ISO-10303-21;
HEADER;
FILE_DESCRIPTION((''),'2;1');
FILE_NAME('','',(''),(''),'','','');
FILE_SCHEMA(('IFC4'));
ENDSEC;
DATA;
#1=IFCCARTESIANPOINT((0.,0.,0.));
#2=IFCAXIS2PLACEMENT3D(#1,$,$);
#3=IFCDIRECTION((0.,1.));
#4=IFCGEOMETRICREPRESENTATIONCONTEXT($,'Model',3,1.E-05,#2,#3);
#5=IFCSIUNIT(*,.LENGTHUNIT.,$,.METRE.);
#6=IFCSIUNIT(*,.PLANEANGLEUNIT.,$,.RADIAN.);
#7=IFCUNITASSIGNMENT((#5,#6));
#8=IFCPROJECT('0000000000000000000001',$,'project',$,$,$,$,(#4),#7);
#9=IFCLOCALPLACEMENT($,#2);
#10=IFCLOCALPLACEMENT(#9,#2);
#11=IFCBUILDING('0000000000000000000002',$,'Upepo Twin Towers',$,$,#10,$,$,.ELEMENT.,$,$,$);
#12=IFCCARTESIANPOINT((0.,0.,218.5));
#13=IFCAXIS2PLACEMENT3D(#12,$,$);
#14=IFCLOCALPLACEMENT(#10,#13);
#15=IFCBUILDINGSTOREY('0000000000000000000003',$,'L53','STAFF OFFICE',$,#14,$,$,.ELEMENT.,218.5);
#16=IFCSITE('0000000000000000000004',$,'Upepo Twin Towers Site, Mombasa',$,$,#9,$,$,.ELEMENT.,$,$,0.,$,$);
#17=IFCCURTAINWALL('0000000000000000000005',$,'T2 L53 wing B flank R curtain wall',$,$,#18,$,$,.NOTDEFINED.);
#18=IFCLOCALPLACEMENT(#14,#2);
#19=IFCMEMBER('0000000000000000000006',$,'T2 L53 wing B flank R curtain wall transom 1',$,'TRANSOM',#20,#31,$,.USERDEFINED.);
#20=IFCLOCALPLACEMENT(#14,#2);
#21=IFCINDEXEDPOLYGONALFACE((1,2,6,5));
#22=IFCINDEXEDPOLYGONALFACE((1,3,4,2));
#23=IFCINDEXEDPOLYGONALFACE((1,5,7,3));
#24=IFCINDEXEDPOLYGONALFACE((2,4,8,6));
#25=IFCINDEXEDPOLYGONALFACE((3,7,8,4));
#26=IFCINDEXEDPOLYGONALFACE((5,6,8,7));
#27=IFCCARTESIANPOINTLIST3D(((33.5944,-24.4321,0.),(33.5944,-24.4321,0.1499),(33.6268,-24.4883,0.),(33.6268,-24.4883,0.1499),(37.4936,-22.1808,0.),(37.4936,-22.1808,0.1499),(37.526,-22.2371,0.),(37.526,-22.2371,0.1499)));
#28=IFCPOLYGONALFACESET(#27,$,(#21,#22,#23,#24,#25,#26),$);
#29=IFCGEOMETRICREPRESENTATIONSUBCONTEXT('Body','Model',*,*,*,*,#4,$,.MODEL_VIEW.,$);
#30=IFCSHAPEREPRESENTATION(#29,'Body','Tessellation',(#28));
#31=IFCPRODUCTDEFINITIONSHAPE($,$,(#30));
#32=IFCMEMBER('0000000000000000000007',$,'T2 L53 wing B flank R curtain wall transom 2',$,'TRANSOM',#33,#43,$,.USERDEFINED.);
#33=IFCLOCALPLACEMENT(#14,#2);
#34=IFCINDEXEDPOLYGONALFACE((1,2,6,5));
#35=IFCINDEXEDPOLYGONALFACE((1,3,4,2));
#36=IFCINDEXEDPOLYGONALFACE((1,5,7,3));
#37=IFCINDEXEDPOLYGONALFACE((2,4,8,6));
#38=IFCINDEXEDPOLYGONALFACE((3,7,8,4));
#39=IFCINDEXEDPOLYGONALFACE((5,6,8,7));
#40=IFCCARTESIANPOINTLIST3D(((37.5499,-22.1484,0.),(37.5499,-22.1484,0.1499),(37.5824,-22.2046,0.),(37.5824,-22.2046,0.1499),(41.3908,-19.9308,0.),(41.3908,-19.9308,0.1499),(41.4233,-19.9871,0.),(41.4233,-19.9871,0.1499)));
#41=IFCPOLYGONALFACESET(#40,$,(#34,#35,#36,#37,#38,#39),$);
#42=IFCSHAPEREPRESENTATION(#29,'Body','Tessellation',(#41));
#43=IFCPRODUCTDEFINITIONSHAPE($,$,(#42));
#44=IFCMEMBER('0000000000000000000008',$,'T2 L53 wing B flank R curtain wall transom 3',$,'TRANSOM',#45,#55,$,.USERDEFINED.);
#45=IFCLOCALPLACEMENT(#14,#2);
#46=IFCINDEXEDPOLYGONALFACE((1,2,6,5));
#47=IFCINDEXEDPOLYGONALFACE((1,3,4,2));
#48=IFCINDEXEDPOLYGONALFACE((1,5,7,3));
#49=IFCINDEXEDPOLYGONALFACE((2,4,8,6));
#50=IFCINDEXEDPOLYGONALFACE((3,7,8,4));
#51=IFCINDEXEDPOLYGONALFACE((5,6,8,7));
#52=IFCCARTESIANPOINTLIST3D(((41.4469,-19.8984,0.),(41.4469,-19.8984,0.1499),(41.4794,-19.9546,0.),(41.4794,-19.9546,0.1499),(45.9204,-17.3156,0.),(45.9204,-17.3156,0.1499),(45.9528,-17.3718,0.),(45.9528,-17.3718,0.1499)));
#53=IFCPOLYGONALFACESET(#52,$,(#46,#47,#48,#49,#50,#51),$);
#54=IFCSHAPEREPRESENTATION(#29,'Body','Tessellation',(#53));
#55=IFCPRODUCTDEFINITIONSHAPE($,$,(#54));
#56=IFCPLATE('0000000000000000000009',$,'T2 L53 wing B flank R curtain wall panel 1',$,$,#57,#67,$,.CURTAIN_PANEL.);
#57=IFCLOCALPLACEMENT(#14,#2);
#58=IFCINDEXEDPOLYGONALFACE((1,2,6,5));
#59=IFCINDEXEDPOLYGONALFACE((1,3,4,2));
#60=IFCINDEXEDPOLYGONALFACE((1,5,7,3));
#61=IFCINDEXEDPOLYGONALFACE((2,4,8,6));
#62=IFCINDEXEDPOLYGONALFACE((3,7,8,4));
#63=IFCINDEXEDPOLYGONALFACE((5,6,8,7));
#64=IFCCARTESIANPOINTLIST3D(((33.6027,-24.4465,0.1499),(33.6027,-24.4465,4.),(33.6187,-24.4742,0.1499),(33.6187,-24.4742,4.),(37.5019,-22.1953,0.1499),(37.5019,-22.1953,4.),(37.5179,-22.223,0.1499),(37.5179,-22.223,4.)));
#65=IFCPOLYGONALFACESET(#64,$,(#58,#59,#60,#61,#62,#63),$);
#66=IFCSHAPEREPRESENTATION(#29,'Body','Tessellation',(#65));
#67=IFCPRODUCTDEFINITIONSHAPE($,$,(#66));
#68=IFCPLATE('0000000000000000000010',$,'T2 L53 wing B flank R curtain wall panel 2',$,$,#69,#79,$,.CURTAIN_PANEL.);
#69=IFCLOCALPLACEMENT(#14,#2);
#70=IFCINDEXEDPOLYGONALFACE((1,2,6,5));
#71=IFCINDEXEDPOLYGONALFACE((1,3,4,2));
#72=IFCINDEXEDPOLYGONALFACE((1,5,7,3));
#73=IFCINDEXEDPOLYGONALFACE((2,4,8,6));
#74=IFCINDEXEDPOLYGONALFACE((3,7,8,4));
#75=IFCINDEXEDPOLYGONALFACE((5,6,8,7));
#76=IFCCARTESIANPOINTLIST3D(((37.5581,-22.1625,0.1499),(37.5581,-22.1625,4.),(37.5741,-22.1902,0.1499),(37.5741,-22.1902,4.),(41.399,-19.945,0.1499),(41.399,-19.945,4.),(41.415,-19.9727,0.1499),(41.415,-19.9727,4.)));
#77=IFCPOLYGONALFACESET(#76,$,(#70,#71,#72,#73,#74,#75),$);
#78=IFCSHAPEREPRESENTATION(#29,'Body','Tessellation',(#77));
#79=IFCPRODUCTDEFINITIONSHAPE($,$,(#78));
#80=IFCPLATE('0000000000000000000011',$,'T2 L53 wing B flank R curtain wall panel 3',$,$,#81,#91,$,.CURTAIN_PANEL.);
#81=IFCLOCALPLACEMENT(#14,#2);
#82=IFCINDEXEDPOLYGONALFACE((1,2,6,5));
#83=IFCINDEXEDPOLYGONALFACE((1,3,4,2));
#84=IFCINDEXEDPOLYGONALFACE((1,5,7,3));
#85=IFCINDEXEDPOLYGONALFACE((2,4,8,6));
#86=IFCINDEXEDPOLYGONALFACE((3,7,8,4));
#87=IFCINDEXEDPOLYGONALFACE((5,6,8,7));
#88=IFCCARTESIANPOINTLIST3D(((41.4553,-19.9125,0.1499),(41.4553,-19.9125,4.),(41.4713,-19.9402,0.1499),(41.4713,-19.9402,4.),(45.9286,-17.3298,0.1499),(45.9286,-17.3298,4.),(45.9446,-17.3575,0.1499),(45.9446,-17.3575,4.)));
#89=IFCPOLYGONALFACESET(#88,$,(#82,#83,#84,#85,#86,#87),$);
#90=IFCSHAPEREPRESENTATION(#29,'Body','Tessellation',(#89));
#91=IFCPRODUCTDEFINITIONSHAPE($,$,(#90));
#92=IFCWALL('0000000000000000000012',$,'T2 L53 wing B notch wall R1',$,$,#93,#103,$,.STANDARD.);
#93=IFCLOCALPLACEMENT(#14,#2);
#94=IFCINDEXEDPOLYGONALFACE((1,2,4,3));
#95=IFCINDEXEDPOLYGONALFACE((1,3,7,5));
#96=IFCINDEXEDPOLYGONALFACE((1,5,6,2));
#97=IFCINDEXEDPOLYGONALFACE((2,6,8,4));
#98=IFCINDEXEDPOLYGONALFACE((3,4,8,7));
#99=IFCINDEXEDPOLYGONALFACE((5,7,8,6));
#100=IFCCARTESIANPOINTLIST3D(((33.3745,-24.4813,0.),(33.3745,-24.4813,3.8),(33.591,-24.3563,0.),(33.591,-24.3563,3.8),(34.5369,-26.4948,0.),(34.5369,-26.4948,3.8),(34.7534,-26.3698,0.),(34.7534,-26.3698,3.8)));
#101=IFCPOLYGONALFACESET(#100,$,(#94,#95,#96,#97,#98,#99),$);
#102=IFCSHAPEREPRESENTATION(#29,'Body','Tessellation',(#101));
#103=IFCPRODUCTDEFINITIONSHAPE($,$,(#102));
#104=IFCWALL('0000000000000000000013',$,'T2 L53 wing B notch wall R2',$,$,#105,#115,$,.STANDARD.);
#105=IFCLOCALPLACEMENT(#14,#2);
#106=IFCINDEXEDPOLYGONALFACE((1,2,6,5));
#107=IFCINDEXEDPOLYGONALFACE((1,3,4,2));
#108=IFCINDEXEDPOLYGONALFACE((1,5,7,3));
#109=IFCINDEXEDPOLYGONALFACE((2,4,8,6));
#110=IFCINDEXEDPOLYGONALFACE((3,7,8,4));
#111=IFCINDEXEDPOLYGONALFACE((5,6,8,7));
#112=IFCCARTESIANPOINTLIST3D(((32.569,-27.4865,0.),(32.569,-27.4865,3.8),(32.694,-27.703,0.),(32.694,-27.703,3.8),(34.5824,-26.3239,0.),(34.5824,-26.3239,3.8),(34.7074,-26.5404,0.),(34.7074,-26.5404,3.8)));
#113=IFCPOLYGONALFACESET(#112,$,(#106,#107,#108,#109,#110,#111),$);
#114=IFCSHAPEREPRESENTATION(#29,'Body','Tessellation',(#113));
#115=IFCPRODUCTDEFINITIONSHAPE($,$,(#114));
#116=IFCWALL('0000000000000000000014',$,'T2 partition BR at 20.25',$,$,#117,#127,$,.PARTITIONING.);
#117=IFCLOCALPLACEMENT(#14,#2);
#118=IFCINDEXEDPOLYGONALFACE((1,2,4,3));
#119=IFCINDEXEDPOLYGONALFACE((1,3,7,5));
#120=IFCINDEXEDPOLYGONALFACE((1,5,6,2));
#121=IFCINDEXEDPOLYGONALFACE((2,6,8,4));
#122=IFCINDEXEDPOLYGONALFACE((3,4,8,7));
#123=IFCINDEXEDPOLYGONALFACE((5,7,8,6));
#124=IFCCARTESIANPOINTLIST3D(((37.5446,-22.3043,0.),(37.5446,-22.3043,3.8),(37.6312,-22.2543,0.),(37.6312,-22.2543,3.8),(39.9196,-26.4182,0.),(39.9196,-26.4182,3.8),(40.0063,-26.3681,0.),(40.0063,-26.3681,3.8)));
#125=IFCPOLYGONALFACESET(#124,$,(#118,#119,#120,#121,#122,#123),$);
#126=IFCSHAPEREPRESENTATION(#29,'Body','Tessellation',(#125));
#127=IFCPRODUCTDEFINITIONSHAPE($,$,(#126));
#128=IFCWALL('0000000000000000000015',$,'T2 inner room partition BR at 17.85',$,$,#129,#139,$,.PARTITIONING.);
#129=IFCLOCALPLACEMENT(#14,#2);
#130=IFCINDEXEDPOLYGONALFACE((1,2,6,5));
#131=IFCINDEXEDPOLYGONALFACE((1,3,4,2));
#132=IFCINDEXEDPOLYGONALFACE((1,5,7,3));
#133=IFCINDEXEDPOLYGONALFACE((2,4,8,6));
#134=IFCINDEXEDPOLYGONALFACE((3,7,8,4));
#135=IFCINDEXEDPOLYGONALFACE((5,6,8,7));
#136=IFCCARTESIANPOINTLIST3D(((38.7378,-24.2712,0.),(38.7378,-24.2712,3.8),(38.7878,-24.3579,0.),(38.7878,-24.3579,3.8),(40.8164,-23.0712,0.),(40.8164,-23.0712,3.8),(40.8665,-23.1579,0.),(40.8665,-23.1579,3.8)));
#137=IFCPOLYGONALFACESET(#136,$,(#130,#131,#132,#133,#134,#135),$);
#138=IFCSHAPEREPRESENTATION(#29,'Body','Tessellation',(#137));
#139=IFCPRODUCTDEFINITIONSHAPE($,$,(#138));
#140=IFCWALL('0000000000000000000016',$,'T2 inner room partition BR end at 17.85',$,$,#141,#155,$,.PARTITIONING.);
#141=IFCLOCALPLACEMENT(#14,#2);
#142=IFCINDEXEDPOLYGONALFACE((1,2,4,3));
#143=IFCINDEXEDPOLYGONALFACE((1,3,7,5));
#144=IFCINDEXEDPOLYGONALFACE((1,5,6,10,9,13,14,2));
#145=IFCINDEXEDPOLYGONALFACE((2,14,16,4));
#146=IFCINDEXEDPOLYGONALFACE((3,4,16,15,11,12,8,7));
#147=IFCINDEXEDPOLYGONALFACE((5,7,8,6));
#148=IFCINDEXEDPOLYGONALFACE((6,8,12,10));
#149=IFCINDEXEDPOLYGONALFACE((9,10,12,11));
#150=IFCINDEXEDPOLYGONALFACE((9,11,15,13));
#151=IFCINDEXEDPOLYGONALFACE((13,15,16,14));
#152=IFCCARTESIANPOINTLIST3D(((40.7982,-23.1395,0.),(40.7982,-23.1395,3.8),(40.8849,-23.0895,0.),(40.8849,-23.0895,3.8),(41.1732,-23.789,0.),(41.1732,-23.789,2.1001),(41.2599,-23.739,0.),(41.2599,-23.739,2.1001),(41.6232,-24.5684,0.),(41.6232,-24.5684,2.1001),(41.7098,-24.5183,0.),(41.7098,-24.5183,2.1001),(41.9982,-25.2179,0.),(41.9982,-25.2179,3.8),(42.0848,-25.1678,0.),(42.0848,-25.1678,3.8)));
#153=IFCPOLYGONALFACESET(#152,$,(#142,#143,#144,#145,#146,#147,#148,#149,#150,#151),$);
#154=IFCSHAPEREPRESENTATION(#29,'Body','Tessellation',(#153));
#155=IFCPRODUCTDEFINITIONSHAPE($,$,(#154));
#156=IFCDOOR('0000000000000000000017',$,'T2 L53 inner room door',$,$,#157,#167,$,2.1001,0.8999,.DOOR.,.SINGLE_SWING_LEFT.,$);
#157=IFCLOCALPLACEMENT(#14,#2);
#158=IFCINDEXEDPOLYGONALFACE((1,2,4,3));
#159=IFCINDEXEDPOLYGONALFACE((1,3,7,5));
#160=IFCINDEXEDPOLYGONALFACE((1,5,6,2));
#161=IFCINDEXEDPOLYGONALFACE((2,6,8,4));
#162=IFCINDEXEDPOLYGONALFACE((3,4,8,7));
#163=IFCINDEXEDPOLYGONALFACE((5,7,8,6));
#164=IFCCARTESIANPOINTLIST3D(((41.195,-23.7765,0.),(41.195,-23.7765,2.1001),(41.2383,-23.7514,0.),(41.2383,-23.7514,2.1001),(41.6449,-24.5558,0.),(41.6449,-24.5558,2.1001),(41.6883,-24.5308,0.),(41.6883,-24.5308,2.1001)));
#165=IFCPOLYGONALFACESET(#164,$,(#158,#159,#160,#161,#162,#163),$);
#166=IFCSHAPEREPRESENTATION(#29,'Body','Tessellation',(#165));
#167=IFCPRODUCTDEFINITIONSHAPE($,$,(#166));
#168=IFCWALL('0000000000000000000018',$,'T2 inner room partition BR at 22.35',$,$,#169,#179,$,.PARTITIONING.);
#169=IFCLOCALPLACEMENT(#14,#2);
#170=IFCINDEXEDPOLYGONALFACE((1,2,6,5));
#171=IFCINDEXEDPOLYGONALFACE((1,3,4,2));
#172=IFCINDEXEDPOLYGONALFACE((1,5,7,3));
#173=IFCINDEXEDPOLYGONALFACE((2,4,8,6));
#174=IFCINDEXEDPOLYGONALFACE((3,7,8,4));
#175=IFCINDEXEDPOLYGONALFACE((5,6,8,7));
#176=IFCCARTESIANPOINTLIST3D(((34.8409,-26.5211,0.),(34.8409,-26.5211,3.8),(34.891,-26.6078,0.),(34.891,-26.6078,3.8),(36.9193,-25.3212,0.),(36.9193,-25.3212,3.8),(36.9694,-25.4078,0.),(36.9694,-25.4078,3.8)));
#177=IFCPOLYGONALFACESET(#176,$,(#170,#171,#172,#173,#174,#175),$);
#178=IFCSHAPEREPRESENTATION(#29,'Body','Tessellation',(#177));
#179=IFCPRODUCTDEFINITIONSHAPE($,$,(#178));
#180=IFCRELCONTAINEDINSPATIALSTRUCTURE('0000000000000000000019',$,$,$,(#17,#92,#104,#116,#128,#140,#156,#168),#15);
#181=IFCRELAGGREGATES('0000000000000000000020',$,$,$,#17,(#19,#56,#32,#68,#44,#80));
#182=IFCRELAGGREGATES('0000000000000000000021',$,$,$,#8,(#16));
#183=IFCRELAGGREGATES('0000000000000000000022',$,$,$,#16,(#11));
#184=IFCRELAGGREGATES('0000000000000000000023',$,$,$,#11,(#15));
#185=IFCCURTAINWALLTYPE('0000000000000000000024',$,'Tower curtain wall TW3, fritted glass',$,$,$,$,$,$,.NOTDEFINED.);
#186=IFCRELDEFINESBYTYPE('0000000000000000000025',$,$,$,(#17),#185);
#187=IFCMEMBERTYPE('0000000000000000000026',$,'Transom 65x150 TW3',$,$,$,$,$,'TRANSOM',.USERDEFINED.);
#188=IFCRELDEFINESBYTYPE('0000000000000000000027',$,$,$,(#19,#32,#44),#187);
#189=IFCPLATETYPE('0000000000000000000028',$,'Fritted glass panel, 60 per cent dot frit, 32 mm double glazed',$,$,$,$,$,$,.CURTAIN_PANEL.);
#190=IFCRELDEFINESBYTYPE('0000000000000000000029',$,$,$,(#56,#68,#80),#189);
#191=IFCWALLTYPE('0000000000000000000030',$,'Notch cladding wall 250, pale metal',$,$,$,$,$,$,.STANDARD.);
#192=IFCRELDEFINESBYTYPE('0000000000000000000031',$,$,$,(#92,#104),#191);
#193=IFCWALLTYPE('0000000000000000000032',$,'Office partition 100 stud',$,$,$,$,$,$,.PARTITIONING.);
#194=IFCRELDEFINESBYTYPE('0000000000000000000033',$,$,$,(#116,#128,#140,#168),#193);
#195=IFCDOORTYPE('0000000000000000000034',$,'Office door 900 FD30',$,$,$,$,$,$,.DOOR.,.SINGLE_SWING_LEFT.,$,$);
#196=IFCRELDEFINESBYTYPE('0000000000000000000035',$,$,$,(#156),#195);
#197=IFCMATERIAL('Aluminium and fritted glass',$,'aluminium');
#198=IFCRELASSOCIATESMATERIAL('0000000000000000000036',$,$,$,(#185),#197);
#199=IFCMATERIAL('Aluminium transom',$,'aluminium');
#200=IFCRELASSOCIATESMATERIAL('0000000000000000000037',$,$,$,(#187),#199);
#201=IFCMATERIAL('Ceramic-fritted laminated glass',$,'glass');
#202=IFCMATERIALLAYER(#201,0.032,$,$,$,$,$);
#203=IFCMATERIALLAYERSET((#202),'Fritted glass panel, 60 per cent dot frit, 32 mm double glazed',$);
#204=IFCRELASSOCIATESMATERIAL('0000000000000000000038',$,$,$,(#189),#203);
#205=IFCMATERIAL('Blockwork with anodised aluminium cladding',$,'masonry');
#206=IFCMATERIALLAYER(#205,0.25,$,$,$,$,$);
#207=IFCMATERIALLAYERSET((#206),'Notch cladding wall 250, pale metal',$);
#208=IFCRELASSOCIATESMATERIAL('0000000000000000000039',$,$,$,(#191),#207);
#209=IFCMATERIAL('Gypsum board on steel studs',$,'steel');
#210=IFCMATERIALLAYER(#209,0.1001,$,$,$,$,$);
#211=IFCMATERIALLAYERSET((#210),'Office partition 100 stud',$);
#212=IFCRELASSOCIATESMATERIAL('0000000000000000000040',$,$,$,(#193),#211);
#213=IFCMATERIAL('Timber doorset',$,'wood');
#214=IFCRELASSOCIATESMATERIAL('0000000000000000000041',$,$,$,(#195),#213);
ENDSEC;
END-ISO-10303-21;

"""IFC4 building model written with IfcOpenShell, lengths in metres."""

from ifc_helpers import new_model, si_unit, direction, frame, frame_2d, origin, origin_2d, place, context, subcontext, project, spatial, rectangle, extrude, material, layer, layer_set, material_profile, profile_set, type_object, element, fill, aggregate, save


model = new_model("IFC4")

# Units and contexts
model_context = context("Model", 3, precision=1e-05, world=origin(), true_north=direction((0.0, 1.0)))
body_context = subcontext(model_context, "Body", "Model", "MODEL_VIEW")
ifc_project = project(units=[si_unit("LENGTHUNIT", "METRE"), si_unit("PLANEANGLEUNIT", "RADIAN")], contexts=[model_context])

# Site, building, storey
site_placement = place(None, origin())
site = spatial("IfcSite", under=ifc_project, at=site_placement, Name="Upepo Twin Towers Site, Mombasa", CompositionType="ELEMENT", RefElevation=0.0)
building_placement = place(site_placement, origin())
building = spatial("IfcBuilding", under=site, at=building_placement, Name="Upepo Twin Towers", CompositionType="ELEMENT")
storey_placement = place(building_placement, frame((0.0, 0.0, 218.5)))
storey = spatial("IfcBuildingStorey", under=building, at=storey_placement, Name="L53", Description="STAFF OFFICE", CompositionType="ELEMENT", Elevation=218.5)

# Curtain wall
ifc_material_1 = material(Name="Aluminium and fritted glass", Category="aluminium")
curtain_wall_type = type_object("IfcCurtainWallType", Name="Tower curtain wall TW3, fritted glass", PredefinedType="NOTDEFINED", material=ifc_material_1)
curtain_wall_1_placement = place(storey_placement, origin())
curtain_wall_1 = element("IfcCurtainWall", 1, at=curtain_wall_1_placement, inside=storey, type_object=curtain_wall_type, Name="T2 L53 wing B flank R curtain wall", PredefinedType="NOTDEFINED")

# Members
ifc_material_2 = material(Name="Aluminium transom", Category="aluminium")
ifc_material_profile_1 = material_profile(ifc_material_2, rectangle(XDim=0.0649, YDim=0.1499, at=origin_2d()), Name="TRANSOM 65x150")
ifc_profile_set_1 = profile_set([ifc_material_profile_1], Name="Aluminium transom")
member_type_1 = type_object("IfcMemberType", Name="Transom 65x150 TW3", ElementType="TRANSOM", PredefinedType="USERDEFINED", material=ifc_profile_set_1)
member_1_placement = place(storey_placement, frame((33.6106, -24.4602, 0.075), z_axis=(0.866022, 0.500006, 0.0), x_axis=(-0.500006, 0.866022, 0.0)))
member_1 = element("IfcMember", 2, at=member_1_placement, type_object=member_type_1, Name="T2 L53 wing B flank R curtain wall transom 1", ObjectType="TRANSOM", PredefinedType="USERDEFINED", context=body_context, shape_type="SweptSolid", body=[
    extrude(rectangle(XDim=0.0649, YDim=0.1499, at=origin_2d()), origin(), (0.0, 0.0, 1.0), 4.5024),
])
member_2_placement = place(storey_placement, frame((37.5662, -22.1765, 0.075), z_axis=(0.866022, 0.500005, 0.0), x_axis=(-0.500005, 0.866022, 0.0)))
member_2 = element("IfcMember", 3, at=member_2_placement, type_object=member_type_1, Name="T2 L53 wing B flank R curtain wall transom 2", ObjectType="TRANSOM", PredefinedType="USERDEFINED", context=body_context, shape_type="SweptSolid", body=[
    extrude(rectangle(XDim=0.0649, YDim=0.1499, at=origin_2d()), origin(), (0.0, 0.0, 1.0), 4.4351),
])
member_3_placement = place(storey_placement, frame((41.4631, -19.9265, 0.075), z_axis=(0.866021, 0.500007, 0.0), x_axis=(-0.500007, 0.866021, 0.0)))
member_3 = element("IfcMember", 4, at=member_3_placement, type_object=member_type_1, Name="T2 L53 wing B flank R curtain wall transom 3", ObjectType="TRANSOM", PredefinedType="USERDEFINED", context=body_context, shape_type="SweptSolid", body=[
    extrude(rectangle(XDim=0.0649, YDim=0.1499, at=origin_2d()), origin(), (0.0, 0.0, 1.0), 5.1655),
])

# Plates
ifc_material_3 = material(Name="Ceramic-fritted laminated glass", Category="glass")
ifc_layer_1 = layer(ifc_material_3, 0.032)
ifc_layer_set_1 = layer_set([ifc_layer_1], Name="Fritted glass panel, 60 per cent dot frit, 32 mm double glazed")
plate_type = type_object("IfcPlateType", Name="Fritted glass panel, 60 per cent dot frit, 32 mm double glazed", PredefinedType="CURTAIN_PANEL", material=ifc_layer_set_1)
plate_1_placement = place(storey_placement, frame((35.5603, -23.3347, 0.1499), z_axis=(0.0, 0.0, 1.0), x_axis=(0.866025, 0.5, 0.0)))
plate_1 = element("IfcPlate", 5, at=plate_1_placement, type_object=plate_type, Name="T2 L53 wing B flank R curtain wall panel 1", PredefinedType="CURTAIN_PANEL", context=body_context, shape_type="SweptSolid", body=[
    extrude(rectangle(XDim=4.5024, YDim=0.032, at=origin_2d()), origin(), (0.0, 0.0, 1.0), 3.8501),
])
plate_2_placement = place(storey_placement, frame((39.4866, -21.0676, 0.1499), z_axis=(0.0, 0.0, 1.0), x_axis=(0.866025, 0.5, 0.0)))
plate_2 = element("IfcPlate", 6, at=plate_2_placement, type_object=plate_type, Name="T2 L53 wing B flank R curtain wall panel 2", PredefinedType="CURTAIN_PANEL", context=body_context, shape_type="SweptSolid", body=[
    extrude(rectangle(XDim=4.4351, YDim=0.032, at=origin_2d()), origin(), (0.0, 0.0, 1.0), 3.8501),
])
plate_3_placement = place(storey_placement, frame((43.7, -18.635, 0.1499), z_axis=(0.0, 0.0, 1.0), x_axis=(0.866025, 0.5, 0.0)))
plate_3 = element("IfcPlate", 7, at=plate_3_placement, type_object=plate_type, Name="T2 L53 wing B flank R curtain wall panel 3", PredefinedType="CURTAIN_PANEL", context=body_context, shape_type="SweptSolid", body=[
    extrude(rectangle(XDim=5.1653, YDim=0.032, at=origin_2d()), origin(), (0.0, 0.0, 1.0), 3.8501),
])
aggregate(curtain_wall_1, [member_1, plate_1, member_2, plate_2, member_3, plate_3])

# Walls
ifc_material_4 = material(Name="Blockwork with anodised aluminium cladding", Category="masonry")
ifc_layer_2 = layer(ifc_material_4, 0.25)
ifc_layer_set_2 = layer_set([ifc_layer_2], Name="Notch cladding wall 250, pale metal")
wall_type_1 = type_object("IfcWallType", Name="Notch cladding wall 250, pale metal", PredefinedType="STANDARD", material=ifc_layer_set_2)
for number, where, z_axis, x_axis, name in (
    (8, (33.4827, -24.4187, 0.0), (0.0, 0.0, 1.0), (0.499968, -0.866044, 0.0), "T2 L53 wing B notch wall R1"),
    (9, (34.645, -26.4321, 0.0), (0.0, 0.0, 1.0), (-0.865998, -0.500047, 0.0), "T2 L53 wing B notch wall R2"),
):
    element("IfcWall", number, at=place(storey_placement, frame(where, z_axis=z_axis, x_axis=x_axis)), inside=storey, type_object=wall_type_1, Name=name, PredefinedType="STANDARD", context=body_context, shape_type="SweptSolid", body=[
        extrude(rectangle(XDim=2.325, YDim=0.25, at=frame_2d((1.1626, 0.0))), origin(), (0.0, 0.0, 1.0), 3.8),
    ])
ifc_material_5 = material(Name="Gypsum board on steel studs", Category="steel")
ifc_layer_3 = layer(ifc_material_5, 0.1001)
ifc_layer_set_3 = layer_set([ifc_layer_3], Name="Office partition 100 stud")
wall_type_2 = type_object("IfcWallType", Name="Office partition 100 stud", PredefinedType="PARTITIONING", material=ifc_layer_set_3)
wall_1_placement = place(storey_placement, frame((39.9629, -26.3931, 0.0), z_axis=(0.0, 0.0, 1.0), x_axis=(-0.499986, 0.866033, 0.0)))
element("IfcWall", 10, at=wall_1_placement, inside=storey, type_object=wall_type_2, Name="T2 partition BR at 20.25", PredefinedType="PARTITIONING", context=body_context, shape_type="SweptSolid", body=[
    extrude(rectangle(XDim=4.7502, YDim=0.1001, at=frame_2d((2.375, 0.0))), origin(), (0.0, 0.0, 1.0), 3.8),
])
wall_2_placement = place(storey_placement, frame((40.8416, -23.1145, 0.0), z_axis=(0.0, 0.0, 1.0), x_axis=(-0.86605, -0.499957, 0.0)))
element("IfcWall", 11, at=wall_2_placement, inside=storey, type_object=wall_type_2, Name="T2 inner room partition BR at 17.85", PredefinedType="PARTITIONING", context=body_context, shape_type="SweptSolid", body=[
    extrude(rectangle(XDim=2.4001, YDim=0.1001, at=frame_2d((1.2002, 0.0))), origin(), (0.0, 0.0, 1.0), 3.8),
])

# Wall, opening, door
wall_3_placement = place(storey_placement, frame((42.0415, -25.1929, 0.0), z_axis=(0.0, 0.0, 1.0), x_axis=(-0.500001, 0.866025, 0.0)))
wall_3 = element("IfcWall", 12, at=wall_3_placement, inside=storey, type_object=wall_type_2, Name="T2 inner room partition BR end at 17.85", PredefinedType="PARTITIONING", context=body_context, shape_type="SweptSolid", body=[
    extrude(rectangle(XDim=2.3999, YDim=0.1001, at=frame_2d((1.2, 0.0))), origin(), (0.0, 0.0, 1.0), 3.8),
])
opening_1_placement = place(wall_3_placement, frame((0.75, 0.0, 0.0)))
opening_1 = element("IfcOpeningElement", 13, at=opening_1_placement, cuts=wall_3, PredefinedType="OPENING", context=body_context, shape_type="SweptSolid", body=[
    extrude(rectangle(XDim=0.8999, YDim=2.1001, at=frame_2d((0.45, 1.05))), frame((0.0, 0.0601, 0.0), z_axis=(0.0, -1.0, 0.0), x_axis=(1.0, 0.0, 0.0)), (0.0, 0.0, 1.0), 0.1201),
])
ifc_material_6 = material(Name="Timber doorset", Category="wood")
door_type = type_object("IfcDoorType", Name="Office door 900 FD30", OperationType="SINGLE_SWING_LEFT", PredefinedType="DOOR", material=ifc_material_6)
door_1_placement = place(opening_1_placement, origin())
door_1 = element("IfcDoor", 14, at=door_1_placement, inside=storey, type_object=door_type, Name="T2 L53 inner room door", OperationType="SINGLE_SWING_LEFT", OverallHeight=2.1001, OverallWidth=0.8999, PredefinedType="DOOR", context=body_context, shape_type="SweptSolid", body=[
    extrude(rectangle(XDim=0.8999, YDim=2.1001, at=frame_2d((0.45, 1.05))), frame((0.0, 0.0249, 0.0), z_axis=(0.0, -1.0, 0.0), x_axis=(1.0, 0.0, 0.0)), (0.0, 0.0, 1.0), 0.05),
])
fill(opening_1, door_1)

# Wall
wall_4_placement = place(storey_placement, frame((36.9443, -25.3645, 0.0), z_axis=(0.0, 0.0, 1.0), x_axis=(-0.866025, -0.500001, 0.0)))
element("IfcWall", 15, at=wall_4_placement, inside=storey, type_object=wall_type_2, Name="T2 inner room partition BR at 22.35", PredefinedType="PARTITIONING", context=body_context, shape_type="SweptSolid", body=[
    extrude(rectangle(XDim=2.3999, YDim=0.1001, at=frame_2d((1.2, 0.0))), origin(), (0.0, 0.0, 1.0), 3.8),
])

save(model, "model.ifc")
